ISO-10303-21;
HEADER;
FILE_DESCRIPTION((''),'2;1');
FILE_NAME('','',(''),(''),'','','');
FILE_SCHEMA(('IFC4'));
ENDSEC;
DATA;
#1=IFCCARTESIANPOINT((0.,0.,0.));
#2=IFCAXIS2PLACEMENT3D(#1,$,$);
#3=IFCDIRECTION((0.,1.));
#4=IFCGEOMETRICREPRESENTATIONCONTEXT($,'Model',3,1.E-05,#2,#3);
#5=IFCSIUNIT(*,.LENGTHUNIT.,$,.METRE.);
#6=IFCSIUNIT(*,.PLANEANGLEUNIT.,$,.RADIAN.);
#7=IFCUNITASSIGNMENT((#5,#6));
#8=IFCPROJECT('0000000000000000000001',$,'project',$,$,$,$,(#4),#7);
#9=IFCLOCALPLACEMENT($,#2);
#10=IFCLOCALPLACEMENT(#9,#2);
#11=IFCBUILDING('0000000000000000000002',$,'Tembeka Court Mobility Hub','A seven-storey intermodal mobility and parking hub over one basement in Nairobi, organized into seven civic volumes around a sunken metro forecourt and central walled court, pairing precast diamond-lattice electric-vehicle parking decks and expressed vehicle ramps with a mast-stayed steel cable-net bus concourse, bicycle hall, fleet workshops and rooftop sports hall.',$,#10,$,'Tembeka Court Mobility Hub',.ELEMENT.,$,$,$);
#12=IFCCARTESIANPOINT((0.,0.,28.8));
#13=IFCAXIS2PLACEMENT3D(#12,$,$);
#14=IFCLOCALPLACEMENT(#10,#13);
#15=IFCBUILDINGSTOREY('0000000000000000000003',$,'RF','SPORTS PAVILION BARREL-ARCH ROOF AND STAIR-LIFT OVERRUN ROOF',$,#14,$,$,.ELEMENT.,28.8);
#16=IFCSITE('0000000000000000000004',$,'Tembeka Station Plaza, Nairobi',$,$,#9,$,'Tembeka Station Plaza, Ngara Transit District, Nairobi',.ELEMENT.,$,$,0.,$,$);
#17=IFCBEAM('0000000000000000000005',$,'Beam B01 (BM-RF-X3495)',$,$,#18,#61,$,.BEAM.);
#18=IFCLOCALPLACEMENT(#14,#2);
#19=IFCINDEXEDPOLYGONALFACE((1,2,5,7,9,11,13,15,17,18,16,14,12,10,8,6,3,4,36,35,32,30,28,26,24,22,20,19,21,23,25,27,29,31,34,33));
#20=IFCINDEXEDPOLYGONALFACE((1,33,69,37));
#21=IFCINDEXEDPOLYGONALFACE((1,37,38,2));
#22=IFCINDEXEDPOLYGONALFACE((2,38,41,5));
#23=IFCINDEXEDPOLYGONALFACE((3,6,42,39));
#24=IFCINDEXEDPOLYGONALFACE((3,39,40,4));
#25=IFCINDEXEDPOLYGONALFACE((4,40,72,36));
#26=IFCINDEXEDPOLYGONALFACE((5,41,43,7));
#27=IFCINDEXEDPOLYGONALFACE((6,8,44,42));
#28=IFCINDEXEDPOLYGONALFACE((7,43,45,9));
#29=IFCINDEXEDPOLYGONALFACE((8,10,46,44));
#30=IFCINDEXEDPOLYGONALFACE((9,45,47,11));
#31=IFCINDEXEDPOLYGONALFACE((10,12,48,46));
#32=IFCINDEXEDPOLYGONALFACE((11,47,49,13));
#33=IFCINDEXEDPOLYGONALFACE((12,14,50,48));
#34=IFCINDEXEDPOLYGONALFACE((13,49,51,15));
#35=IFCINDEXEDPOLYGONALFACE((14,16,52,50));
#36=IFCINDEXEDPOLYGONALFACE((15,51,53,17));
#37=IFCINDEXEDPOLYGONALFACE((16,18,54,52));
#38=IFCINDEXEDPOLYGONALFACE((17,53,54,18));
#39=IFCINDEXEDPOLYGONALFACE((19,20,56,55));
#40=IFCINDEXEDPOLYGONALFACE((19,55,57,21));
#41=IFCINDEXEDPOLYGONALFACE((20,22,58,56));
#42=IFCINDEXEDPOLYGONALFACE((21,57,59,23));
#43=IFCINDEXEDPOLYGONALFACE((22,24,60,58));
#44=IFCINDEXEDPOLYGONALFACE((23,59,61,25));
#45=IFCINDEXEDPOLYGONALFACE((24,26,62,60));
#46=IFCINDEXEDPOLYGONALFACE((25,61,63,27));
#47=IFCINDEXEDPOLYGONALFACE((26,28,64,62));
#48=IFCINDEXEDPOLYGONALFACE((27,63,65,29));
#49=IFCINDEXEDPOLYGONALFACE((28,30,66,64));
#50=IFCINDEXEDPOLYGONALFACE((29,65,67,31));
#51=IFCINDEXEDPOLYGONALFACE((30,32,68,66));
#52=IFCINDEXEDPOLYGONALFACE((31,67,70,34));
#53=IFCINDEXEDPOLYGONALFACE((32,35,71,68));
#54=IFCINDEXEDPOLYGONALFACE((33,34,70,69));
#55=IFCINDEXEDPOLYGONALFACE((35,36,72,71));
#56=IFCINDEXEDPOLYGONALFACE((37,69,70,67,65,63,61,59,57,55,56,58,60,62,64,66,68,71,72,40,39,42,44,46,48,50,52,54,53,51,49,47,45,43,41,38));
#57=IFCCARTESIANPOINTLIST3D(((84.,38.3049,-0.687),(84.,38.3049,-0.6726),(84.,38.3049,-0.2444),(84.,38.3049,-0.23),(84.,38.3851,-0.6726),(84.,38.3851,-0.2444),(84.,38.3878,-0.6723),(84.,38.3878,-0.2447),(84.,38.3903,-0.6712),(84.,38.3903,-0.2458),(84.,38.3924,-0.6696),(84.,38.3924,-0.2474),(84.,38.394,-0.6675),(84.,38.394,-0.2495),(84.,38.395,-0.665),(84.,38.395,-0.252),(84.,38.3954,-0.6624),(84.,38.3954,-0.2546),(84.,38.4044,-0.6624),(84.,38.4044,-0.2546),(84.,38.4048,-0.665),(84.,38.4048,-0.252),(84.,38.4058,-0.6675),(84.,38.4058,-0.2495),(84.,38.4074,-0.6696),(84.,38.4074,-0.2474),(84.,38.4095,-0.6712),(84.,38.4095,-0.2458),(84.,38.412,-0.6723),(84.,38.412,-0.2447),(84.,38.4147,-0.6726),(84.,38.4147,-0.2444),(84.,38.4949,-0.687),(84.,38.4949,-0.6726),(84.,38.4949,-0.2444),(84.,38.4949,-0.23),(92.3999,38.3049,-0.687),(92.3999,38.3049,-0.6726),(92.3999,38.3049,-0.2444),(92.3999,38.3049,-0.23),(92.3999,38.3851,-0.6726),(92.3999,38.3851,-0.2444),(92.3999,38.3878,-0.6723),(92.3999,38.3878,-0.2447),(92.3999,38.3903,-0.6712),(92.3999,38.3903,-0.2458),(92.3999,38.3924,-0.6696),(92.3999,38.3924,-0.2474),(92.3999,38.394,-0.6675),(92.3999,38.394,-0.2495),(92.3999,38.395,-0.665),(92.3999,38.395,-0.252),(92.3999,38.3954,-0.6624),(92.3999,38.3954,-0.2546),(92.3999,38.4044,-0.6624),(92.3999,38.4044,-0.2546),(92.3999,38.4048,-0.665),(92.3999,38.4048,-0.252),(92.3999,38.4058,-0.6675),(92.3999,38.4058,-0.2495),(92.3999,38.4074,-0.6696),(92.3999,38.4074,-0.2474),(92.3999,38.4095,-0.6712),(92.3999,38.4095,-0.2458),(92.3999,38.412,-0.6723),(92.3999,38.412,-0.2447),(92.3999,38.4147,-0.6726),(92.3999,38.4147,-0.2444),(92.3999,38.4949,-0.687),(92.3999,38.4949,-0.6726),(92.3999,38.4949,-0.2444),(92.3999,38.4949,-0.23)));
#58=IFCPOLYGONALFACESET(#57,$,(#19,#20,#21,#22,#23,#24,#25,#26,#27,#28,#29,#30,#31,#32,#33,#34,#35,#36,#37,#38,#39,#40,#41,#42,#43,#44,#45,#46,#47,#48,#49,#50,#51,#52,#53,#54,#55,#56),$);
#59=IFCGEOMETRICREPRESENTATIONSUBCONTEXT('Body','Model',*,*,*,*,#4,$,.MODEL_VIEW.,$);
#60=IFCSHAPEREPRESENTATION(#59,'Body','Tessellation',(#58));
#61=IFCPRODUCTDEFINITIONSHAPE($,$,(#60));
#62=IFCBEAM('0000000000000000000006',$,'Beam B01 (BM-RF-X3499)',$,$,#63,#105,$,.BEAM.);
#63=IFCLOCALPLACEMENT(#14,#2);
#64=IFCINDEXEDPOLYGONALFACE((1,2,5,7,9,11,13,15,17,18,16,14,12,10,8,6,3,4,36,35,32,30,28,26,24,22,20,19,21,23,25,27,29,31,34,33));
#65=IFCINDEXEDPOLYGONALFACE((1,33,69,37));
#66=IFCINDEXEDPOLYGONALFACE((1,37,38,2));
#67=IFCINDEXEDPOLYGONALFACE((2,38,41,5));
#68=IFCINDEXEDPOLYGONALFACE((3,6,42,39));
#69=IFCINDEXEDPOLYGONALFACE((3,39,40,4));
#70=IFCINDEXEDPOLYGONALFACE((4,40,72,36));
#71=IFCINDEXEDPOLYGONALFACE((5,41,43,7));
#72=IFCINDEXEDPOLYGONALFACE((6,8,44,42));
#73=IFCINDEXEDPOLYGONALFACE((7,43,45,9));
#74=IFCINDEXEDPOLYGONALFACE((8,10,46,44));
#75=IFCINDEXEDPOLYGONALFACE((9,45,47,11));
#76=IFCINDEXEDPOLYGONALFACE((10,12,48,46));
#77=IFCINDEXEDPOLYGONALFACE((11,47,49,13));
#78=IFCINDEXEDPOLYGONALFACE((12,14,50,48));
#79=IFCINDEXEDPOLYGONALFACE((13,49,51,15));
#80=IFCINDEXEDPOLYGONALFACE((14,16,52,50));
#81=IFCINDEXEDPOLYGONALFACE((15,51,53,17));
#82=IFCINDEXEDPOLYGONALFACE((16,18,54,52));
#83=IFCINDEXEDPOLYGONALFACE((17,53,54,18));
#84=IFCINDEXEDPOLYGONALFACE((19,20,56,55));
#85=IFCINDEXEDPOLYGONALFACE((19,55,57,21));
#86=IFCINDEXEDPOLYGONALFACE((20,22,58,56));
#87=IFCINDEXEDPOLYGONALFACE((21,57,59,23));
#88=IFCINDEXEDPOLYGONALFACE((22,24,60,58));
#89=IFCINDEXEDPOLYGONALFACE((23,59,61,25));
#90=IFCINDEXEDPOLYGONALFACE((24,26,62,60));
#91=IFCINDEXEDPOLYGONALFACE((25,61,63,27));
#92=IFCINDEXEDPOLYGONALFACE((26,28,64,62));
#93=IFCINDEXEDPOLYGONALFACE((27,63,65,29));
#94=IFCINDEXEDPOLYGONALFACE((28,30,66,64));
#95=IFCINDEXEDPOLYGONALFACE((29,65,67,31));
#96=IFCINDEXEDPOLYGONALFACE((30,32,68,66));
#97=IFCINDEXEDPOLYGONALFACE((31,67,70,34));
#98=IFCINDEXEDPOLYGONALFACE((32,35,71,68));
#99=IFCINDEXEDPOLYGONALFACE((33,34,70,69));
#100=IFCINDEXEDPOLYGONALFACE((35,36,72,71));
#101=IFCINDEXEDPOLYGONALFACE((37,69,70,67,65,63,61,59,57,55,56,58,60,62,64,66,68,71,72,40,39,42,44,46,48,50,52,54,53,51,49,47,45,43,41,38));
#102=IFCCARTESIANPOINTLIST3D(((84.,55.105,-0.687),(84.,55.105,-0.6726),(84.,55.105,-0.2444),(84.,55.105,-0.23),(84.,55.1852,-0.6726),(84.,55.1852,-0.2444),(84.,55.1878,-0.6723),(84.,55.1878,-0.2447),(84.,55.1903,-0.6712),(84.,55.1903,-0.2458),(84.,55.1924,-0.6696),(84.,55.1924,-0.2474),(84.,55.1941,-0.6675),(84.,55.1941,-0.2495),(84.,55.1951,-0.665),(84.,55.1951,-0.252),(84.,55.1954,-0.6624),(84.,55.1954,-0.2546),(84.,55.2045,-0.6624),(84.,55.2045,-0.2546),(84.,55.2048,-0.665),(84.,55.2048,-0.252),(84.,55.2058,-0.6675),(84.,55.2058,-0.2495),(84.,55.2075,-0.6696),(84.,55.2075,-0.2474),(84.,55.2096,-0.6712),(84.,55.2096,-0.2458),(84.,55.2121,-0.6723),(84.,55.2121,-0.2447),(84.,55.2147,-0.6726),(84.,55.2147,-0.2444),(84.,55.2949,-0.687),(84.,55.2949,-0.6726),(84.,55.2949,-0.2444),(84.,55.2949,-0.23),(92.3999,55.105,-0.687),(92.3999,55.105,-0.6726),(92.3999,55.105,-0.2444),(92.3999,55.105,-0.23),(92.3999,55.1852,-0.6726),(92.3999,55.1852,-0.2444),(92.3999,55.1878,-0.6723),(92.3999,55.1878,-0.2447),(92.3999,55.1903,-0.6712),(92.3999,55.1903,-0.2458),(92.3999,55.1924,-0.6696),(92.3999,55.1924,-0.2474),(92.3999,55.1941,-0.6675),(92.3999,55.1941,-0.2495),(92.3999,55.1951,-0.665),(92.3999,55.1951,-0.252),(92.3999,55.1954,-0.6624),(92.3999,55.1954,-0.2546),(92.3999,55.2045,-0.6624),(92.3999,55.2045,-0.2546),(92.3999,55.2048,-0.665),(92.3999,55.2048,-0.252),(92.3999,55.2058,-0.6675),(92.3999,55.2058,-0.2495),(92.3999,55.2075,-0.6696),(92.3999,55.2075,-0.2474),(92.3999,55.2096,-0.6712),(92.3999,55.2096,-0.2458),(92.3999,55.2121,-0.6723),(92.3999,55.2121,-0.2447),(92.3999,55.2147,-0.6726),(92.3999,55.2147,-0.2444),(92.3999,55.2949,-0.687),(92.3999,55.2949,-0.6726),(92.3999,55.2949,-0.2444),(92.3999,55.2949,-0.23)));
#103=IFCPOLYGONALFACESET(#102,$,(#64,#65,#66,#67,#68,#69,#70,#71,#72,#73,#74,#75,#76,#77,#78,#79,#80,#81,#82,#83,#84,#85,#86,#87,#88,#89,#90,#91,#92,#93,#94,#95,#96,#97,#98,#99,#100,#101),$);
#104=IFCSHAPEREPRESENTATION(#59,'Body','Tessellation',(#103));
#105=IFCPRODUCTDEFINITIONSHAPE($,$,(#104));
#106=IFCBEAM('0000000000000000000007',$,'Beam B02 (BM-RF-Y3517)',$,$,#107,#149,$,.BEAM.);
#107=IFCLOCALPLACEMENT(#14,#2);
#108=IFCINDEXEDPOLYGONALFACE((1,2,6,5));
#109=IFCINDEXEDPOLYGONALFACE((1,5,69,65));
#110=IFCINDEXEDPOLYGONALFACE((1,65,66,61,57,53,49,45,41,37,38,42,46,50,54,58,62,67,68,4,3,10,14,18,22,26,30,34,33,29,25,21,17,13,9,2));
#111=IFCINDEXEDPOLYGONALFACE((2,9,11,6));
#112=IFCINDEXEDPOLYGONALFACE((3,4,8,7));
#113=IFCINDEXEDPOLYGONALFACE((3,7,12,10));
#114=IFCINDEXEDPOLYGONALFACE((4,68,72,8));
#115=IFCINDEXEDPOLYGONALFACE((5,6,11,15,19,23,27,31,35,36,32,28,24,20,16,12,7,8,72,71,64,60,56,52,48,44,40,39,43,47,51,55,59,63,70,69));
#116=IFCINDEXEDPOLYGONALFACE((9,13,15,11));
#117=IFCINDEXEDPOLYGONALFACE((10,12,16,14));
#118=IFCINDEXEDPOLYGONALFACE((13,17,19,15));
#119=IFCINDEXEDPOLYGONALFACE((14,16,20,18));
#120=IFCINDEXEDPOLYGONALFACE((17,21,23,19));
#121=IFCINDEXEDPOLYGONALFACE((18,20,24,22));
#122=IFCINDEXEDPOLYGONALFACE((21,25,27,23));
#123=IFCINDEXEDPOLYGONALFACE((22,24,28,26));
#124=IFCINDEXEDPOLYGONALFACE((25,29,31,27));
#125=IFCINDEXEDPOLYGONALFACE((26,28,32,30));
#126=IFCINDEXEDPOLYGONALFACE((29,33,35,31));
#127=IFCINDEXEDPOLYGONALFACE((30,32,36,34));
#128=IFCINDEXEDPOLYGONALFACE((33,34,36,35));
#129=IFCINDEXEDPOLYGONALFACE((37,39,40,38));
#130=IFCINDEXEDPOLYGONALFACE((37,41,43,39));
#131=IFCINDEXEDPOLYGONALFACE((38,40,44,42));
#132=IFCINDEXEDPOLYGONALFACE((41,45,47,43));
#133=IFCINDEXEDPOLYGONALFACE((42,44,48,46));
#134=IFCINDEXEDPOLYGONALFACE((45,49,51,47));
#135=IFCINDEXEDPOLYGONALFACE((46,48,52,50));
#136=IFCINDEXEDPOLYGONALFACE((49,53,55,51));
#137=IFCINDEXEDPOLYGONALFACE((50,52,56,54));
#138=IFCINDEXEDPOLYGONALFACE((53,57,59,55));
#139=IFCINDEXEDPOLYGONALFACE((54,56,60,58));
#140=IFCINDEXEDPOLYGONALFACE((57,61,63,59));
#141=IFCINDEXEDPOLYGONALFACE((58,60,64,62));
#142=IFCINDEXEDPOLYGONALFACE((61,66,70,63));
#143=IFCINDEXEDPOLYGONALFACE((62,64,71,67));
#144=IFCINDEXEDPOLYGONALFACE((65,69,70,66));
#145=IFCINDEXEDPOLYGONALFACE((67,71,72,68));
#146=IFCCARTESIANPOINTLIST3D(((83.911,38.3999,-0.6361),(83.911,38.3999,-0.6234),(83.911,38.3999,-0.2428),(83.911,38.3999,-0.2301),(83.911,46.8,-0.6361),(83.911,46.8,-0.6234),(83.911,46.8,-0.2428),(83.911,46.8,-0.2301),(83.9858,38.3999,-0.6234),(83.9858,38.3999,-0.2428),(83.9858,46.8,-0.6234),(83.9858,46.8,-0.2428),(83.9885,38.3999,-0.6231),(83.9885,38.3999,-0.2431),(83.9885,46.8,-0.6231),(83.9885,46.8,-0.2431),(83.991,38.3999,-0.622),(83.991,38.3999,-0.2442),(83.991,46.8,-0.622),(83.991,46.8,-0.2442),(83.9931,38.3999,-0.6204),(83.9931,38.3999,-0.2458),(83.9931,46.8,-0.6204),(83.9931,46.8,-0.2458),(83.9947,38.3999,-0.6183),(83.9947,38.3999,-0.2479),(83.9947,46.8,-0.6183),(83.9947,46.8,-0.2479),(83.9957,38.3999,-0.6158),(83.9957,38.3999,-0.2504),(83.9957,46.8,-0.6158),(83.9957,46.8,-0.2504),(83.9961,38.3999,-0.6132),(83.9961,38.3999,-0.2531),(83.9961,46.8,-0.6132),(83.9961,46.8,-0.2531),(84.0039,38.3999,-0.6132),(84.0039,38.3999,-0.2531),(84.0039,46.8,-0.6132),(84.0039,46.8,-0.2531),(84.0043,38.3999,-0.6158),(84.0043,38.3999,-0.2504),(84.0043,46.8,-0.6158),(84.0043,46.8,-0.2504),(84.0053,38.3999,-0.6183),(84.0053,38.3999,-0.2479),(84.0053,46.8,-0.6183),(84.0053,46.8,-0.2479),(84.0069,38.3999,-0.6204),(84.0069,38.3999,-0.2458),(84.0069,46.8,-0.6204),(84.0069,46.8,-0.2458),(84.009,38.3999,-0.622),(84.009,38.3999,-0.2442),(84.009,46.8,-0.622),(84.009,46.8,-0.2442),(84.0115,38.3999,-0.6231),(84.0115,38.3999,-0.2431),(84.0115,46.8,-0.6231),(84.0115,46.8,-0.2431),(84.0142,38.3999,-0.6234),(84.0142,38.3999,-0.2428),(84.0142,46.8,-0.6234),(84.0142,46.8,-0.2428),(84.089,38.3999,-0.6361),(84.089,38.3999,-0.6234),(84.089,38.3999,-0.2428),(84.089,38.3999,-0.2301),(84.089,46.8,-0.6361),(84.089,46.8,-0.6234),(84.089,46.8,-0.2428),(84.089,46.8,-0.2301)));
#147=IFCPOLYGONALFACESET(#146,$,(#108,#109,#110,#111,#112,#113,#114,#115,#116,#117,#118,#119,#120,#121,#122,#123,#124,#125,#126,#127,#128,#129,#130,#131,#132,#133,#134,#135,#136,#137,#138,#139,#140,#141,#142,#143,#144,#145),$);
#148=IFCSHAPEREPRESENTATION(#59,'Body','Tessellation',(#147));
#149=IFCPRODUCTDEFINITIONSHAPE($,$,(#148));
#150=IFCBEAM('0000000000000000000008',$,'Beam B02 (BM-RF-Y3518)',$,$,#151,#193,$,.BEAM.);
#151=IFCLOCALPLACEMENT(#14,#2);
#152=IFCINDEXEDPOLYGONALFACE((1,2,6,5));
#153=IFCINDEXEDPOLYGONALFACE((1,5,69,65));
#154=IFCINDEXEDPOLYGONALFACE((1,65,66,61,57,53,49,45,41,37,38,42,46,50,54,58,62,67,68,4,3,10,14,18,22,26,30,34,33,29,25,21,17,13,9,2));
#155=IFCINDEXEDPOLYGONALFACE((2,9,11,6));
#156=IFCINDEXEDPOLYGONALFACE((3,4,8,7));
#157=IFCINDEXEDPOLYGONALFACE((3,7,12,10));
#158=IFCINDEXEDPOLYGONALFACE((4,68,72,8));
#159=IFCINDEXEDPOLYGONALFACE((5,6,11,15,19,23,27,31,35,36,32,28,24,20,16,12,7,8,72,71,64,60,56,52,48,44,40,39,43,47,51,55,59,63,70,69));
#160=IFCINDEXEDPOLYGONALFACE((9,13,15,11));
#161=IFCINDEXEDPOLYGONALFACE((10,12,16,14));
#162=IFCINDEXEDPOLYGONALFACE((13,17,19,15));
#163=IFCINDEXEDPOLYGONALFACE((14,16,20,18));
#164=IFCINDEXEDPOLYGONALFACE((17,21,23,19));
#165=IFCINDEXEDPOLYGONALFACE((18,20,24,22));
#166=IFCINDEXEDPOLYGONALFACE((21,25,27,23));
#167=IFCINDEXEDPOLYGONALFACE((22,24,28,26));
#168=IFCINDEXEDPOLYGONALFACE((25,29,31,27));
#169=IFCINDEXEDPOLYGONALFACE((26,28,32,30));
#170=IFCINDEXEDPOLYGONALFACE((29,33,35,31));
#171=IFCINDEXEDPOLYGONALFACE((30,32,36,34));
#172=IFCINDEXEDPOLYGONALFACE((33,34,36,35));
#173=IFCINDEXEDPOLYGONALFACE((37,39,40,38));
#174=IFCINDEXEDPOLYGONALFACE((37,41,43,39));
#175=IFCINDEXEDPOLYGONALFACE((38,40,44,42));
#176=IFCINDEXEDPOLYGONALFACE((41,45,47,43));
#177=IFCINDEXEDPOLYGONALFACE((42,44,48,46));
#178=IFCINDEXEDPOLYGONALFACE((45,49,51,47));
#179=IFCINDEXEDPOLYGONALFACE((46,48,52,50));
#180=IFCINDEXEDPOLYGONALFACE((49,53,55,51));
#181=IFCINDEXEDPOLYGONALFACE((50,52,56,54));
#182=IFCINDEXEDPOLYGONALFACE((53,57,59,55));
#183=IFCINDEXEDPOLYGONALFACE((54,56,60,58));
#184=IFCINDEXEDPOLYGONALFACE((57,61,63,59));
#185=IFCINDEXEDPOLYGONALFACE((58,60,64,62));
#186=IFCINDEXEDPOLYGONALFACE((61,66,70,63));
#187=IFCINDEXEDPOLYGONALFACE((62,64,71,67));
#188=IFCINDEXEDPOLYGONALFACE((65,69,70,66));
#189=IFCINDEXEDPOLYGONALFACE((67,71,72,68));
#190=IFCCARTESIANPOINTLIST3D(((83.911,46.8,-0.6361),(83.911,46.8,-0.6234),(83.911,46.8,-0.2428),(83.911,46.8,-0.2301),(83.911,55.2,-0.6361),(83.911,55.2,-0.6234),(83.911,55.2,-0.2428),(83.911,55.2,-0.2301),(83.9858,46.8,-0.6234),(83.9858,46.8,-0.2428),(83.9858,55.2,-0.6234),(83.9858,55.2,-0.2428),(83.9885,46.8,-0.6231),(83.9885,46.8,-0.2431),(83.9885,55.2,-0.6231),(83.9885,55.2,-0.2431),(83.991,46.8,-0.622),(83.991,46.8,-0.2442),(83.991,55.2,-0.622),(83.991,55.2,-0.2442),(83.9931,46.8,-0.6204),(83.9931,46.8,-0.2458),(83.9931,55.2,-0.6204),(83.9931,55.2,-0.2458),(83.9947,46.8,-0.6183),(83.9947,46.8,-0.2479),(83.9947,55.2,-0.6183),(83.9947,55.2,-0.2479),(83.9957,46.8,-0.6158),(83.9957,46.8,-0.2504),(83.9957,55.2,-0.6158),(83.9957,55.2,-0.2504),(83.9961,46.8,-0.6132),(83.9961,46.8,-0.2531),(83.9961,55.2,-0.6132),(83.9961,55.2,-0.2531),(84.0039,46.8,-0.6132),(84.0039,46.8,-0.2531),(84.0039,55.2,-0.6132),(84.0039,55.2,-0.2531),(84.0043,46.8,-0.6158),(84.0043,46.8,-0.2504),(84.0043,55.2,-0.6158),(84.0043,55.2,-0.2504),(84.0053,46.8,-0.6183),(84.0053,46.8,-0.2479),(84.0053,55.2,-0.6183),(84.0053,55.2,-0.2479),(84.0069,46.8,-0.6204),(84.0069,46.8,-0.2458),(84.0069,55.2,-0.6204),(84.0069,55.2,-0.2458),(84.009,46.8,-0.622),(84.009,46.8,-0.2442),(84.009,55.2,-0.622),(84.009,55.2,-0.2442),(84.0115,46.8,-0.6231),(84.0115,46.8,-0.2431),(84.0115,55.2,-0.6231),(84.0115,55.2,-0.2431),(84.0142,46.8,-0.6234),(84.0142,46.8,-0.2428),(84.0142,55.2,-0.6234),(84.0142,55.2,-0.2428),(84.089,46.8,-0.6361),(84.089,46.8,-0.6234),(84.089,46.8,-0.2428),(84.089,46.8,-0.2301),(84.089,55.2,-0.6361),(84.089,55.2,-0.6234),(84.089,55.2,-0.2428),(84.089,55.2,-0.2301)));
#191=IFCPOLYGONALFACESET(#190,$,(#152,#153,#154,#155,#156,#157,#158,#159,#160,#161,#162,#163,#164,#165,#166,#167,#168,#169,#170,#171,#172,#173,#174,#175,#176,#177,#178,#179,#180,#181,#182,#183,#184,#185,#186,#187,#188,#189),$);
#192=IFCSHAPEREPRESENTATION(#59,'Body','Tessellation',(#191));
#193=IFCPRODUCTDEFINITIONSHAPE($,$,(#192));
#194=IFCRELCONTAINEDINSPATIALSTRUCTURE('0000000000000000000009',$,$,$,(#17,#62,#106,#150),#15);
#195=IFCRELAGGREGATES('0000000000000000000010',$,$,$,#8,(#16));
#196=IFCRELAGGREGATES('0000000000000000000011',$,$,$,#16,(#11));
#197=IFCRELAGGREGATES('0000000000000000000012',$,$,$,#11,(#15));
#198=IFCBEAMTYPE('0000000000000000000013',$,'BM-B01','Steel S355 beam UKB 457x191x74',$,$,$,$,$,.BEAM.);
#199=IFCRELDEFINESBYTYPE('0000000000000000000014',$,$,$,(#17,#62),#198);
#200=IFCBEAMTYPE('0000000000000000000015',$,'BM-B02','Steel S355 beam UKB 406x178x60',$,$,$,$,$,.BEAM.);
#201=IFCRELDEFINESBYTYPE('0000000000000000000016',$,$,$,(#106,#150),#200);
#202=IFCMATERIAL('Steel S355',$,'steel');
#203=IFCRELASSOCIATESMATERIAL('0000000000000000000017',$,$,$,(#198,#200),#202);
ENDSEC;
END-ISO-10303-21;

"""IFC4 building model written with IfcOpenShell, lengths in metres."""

from ifc_helpers import new_model, si_unit, direction, frame, origin, origin_2d, place, context, subcontext, project, spatial, i_section, extrude, material, material_profile, profile_set, type_object, element, save


model = new_model("IFC4")

# Units and contexts
model_context = context("Model", 3, precision=1e-05, world=origin(), true_north=direction((0.0, 1.0)))
body_context = subcontext(model_context, "Body", "Model", "MODEL_VIEW")
ifc_project = project(units=[si_unit("LENGTHUNIT", "METRE"), si_unit("PLANEANGLEUNIT", "RADIAN")], contexts=[model_context])

# Site, building, storey
site_placement = place(None, origin())
site = spatial("IfcSite", under=ifc_project, at=site_placement, Name="Tembeka Station Plaza, Nairobi", LongName="Tembeka Station Plaza, Ngara Transit District, Nairobi", CompositionType="ELEMENT", RefElevation=0.0)
building_placement = place(site_placement, origin())
building = spatial("IfcBuilding", under=site, at=building_placement, Name="Tembeka Court Mobility Hub", Description="A seven-storey intermodal mobility and parking hub over one basement in Nairobi, organized into seven civic volumes around a sunken metro forecourt and central walled court, pairing precast diamond-lattice electric-vehicle parking decks and expressed vehicle ramps with a mast-stayed steel cable-net bus concourse, bicycle hall, fleet workshops and rooftop sports hall.", LongName="Tembeka Court Mobility Hub", CompositionType="ELEMENT")
storey_placement = place(building_placement, frame((0.0, 0.0, 28.8)))
storey = spatial("IfcBuildingStorey", under=building, at=storey_placement, Name="RF", Description="SPORTS PAVILION BARREL-ARCH ROOF AND STAIR-LIFT OVERRUN ROOF", CompositionType="ELEMENT", Elevation=28.8)

# Beams
ifc_material_1 = material(Name="Steel S355", Category="steel")
ifc_material_profile_1 = material_profile(ifc_material_1, i_section(OverallWidth=0.1899, OverallDepth=0.457, WebThickness=0.009, FlangeThickness=0.0144, FilletRadius=0.0103, at=origin_2d()), Name="UKB 457x191x74")
ifc_profile_set_1 = profile_set([ifc_material_profile_1], Name="Steel S355")
beam_type_1 = type_object("IfcBeamType", Name="BM-B01", Description="Steel S355 beam UKB 457x191x74", PredefinedType="BEAM", material=ifc_profile_set_1)
for number, where, z_axis, x_axis, name in (
    (1, (84.0, 38.3999, -0.4585), (1.0, 0.0, 0.0), (0.0, 1.0, 0.0), "Beam B01 (BM-RF-X3495)"),
    (2, (84.0, 55.2, -0.4585), (1.0, 0.0, 0.0), (0.0, 1.0, 0.0), "Beam B01 (BM-RF-X3499)"),
):
    element("IfcBeam", number, at=place(storey_placement, frame(where, z_axis=z_axis, x_axis=x_axis)), inside=storey, type_object=beam_type_1, Name=name, PredefinedType="BEAM", context=body_context, shape_type="SweptSolid", body=[
        extrude(i_section(OverallWidth=0.1899, OverallDepth=0.457, WebThickness=0.009, FlangeThickness=0.0144, FilletRadius=0.0103, at=origin_2d()), origin(), (0.0, 0.0, 1.0), 8.3999),
    ])
ifc_material_profile_2 = material_profile(ifc_material_1, i_section(OverallWidth=0.178, OverallDepth=0.406, WebThickness=0.0078, FlangeThickness=0.0127, FilletRadius=0.0103, at=origin_2d()), Name="UKB 406x178x60")
ifc_profile_set_2 = profile_set([ifc_material_profile_2], Name="Steel S355")
beam_type_2 = type_object("IfcBeamType", Name="BM-B02", Description="Steel S355 beam UKB 406x178x60", PredefinedType="BEAM", material=ifc_profile_set_2)
beam_1_placement = place(storey_placement, frame((84.0, 38.3999, -0.4331), z_axis=(0.0, 1.0, 0.0), x_axis=(-1.0, 0.0, 0.0)))
element("IfcBeam", 3, at=beam_1_placement, inside=storey, type_object=beam_type_2, Name="Beam B02 (BM-RF-Y3517)", PredefinedType="BEAM", context=body_context, shape_type="SweptSolid", body=[
    extrude(i_section(OverallWidth=0.178, OverallDepth=0.406, WebThickness=0.0078, FlangeThickness=0.0127, FilletRadius=0.0103, at=origin_2d()), origin(), (0.0, 0.0, 1.0), 8.4001),
])
beam_2_placement = place(storey_placement, frame((84.0, 46.8, -0.4331), z_axis=(0.0, 1.0, 0.0), x_axis=(-1.0, 0.0, 0.0)))
element("IfcBeam", 4, at=beam_2_placement, inside=storey, type_object=beam_type_2, Name="Beam B02 (BM-RF-Y3518)", PredefinedType="BEAM", context=body_context, shape_type="SweptSolid", body=[
    extrude(i_section(OverallWidth=0.178, OverallDepth=0.406, WebThickness=0.0078, FlangeThickness=0.0127, FilletRadius=0.0103, at=origin_2d()), origin(), (0.0, 0.0, 1.0), 8.3999),
])

save(model, "model.ifc")
